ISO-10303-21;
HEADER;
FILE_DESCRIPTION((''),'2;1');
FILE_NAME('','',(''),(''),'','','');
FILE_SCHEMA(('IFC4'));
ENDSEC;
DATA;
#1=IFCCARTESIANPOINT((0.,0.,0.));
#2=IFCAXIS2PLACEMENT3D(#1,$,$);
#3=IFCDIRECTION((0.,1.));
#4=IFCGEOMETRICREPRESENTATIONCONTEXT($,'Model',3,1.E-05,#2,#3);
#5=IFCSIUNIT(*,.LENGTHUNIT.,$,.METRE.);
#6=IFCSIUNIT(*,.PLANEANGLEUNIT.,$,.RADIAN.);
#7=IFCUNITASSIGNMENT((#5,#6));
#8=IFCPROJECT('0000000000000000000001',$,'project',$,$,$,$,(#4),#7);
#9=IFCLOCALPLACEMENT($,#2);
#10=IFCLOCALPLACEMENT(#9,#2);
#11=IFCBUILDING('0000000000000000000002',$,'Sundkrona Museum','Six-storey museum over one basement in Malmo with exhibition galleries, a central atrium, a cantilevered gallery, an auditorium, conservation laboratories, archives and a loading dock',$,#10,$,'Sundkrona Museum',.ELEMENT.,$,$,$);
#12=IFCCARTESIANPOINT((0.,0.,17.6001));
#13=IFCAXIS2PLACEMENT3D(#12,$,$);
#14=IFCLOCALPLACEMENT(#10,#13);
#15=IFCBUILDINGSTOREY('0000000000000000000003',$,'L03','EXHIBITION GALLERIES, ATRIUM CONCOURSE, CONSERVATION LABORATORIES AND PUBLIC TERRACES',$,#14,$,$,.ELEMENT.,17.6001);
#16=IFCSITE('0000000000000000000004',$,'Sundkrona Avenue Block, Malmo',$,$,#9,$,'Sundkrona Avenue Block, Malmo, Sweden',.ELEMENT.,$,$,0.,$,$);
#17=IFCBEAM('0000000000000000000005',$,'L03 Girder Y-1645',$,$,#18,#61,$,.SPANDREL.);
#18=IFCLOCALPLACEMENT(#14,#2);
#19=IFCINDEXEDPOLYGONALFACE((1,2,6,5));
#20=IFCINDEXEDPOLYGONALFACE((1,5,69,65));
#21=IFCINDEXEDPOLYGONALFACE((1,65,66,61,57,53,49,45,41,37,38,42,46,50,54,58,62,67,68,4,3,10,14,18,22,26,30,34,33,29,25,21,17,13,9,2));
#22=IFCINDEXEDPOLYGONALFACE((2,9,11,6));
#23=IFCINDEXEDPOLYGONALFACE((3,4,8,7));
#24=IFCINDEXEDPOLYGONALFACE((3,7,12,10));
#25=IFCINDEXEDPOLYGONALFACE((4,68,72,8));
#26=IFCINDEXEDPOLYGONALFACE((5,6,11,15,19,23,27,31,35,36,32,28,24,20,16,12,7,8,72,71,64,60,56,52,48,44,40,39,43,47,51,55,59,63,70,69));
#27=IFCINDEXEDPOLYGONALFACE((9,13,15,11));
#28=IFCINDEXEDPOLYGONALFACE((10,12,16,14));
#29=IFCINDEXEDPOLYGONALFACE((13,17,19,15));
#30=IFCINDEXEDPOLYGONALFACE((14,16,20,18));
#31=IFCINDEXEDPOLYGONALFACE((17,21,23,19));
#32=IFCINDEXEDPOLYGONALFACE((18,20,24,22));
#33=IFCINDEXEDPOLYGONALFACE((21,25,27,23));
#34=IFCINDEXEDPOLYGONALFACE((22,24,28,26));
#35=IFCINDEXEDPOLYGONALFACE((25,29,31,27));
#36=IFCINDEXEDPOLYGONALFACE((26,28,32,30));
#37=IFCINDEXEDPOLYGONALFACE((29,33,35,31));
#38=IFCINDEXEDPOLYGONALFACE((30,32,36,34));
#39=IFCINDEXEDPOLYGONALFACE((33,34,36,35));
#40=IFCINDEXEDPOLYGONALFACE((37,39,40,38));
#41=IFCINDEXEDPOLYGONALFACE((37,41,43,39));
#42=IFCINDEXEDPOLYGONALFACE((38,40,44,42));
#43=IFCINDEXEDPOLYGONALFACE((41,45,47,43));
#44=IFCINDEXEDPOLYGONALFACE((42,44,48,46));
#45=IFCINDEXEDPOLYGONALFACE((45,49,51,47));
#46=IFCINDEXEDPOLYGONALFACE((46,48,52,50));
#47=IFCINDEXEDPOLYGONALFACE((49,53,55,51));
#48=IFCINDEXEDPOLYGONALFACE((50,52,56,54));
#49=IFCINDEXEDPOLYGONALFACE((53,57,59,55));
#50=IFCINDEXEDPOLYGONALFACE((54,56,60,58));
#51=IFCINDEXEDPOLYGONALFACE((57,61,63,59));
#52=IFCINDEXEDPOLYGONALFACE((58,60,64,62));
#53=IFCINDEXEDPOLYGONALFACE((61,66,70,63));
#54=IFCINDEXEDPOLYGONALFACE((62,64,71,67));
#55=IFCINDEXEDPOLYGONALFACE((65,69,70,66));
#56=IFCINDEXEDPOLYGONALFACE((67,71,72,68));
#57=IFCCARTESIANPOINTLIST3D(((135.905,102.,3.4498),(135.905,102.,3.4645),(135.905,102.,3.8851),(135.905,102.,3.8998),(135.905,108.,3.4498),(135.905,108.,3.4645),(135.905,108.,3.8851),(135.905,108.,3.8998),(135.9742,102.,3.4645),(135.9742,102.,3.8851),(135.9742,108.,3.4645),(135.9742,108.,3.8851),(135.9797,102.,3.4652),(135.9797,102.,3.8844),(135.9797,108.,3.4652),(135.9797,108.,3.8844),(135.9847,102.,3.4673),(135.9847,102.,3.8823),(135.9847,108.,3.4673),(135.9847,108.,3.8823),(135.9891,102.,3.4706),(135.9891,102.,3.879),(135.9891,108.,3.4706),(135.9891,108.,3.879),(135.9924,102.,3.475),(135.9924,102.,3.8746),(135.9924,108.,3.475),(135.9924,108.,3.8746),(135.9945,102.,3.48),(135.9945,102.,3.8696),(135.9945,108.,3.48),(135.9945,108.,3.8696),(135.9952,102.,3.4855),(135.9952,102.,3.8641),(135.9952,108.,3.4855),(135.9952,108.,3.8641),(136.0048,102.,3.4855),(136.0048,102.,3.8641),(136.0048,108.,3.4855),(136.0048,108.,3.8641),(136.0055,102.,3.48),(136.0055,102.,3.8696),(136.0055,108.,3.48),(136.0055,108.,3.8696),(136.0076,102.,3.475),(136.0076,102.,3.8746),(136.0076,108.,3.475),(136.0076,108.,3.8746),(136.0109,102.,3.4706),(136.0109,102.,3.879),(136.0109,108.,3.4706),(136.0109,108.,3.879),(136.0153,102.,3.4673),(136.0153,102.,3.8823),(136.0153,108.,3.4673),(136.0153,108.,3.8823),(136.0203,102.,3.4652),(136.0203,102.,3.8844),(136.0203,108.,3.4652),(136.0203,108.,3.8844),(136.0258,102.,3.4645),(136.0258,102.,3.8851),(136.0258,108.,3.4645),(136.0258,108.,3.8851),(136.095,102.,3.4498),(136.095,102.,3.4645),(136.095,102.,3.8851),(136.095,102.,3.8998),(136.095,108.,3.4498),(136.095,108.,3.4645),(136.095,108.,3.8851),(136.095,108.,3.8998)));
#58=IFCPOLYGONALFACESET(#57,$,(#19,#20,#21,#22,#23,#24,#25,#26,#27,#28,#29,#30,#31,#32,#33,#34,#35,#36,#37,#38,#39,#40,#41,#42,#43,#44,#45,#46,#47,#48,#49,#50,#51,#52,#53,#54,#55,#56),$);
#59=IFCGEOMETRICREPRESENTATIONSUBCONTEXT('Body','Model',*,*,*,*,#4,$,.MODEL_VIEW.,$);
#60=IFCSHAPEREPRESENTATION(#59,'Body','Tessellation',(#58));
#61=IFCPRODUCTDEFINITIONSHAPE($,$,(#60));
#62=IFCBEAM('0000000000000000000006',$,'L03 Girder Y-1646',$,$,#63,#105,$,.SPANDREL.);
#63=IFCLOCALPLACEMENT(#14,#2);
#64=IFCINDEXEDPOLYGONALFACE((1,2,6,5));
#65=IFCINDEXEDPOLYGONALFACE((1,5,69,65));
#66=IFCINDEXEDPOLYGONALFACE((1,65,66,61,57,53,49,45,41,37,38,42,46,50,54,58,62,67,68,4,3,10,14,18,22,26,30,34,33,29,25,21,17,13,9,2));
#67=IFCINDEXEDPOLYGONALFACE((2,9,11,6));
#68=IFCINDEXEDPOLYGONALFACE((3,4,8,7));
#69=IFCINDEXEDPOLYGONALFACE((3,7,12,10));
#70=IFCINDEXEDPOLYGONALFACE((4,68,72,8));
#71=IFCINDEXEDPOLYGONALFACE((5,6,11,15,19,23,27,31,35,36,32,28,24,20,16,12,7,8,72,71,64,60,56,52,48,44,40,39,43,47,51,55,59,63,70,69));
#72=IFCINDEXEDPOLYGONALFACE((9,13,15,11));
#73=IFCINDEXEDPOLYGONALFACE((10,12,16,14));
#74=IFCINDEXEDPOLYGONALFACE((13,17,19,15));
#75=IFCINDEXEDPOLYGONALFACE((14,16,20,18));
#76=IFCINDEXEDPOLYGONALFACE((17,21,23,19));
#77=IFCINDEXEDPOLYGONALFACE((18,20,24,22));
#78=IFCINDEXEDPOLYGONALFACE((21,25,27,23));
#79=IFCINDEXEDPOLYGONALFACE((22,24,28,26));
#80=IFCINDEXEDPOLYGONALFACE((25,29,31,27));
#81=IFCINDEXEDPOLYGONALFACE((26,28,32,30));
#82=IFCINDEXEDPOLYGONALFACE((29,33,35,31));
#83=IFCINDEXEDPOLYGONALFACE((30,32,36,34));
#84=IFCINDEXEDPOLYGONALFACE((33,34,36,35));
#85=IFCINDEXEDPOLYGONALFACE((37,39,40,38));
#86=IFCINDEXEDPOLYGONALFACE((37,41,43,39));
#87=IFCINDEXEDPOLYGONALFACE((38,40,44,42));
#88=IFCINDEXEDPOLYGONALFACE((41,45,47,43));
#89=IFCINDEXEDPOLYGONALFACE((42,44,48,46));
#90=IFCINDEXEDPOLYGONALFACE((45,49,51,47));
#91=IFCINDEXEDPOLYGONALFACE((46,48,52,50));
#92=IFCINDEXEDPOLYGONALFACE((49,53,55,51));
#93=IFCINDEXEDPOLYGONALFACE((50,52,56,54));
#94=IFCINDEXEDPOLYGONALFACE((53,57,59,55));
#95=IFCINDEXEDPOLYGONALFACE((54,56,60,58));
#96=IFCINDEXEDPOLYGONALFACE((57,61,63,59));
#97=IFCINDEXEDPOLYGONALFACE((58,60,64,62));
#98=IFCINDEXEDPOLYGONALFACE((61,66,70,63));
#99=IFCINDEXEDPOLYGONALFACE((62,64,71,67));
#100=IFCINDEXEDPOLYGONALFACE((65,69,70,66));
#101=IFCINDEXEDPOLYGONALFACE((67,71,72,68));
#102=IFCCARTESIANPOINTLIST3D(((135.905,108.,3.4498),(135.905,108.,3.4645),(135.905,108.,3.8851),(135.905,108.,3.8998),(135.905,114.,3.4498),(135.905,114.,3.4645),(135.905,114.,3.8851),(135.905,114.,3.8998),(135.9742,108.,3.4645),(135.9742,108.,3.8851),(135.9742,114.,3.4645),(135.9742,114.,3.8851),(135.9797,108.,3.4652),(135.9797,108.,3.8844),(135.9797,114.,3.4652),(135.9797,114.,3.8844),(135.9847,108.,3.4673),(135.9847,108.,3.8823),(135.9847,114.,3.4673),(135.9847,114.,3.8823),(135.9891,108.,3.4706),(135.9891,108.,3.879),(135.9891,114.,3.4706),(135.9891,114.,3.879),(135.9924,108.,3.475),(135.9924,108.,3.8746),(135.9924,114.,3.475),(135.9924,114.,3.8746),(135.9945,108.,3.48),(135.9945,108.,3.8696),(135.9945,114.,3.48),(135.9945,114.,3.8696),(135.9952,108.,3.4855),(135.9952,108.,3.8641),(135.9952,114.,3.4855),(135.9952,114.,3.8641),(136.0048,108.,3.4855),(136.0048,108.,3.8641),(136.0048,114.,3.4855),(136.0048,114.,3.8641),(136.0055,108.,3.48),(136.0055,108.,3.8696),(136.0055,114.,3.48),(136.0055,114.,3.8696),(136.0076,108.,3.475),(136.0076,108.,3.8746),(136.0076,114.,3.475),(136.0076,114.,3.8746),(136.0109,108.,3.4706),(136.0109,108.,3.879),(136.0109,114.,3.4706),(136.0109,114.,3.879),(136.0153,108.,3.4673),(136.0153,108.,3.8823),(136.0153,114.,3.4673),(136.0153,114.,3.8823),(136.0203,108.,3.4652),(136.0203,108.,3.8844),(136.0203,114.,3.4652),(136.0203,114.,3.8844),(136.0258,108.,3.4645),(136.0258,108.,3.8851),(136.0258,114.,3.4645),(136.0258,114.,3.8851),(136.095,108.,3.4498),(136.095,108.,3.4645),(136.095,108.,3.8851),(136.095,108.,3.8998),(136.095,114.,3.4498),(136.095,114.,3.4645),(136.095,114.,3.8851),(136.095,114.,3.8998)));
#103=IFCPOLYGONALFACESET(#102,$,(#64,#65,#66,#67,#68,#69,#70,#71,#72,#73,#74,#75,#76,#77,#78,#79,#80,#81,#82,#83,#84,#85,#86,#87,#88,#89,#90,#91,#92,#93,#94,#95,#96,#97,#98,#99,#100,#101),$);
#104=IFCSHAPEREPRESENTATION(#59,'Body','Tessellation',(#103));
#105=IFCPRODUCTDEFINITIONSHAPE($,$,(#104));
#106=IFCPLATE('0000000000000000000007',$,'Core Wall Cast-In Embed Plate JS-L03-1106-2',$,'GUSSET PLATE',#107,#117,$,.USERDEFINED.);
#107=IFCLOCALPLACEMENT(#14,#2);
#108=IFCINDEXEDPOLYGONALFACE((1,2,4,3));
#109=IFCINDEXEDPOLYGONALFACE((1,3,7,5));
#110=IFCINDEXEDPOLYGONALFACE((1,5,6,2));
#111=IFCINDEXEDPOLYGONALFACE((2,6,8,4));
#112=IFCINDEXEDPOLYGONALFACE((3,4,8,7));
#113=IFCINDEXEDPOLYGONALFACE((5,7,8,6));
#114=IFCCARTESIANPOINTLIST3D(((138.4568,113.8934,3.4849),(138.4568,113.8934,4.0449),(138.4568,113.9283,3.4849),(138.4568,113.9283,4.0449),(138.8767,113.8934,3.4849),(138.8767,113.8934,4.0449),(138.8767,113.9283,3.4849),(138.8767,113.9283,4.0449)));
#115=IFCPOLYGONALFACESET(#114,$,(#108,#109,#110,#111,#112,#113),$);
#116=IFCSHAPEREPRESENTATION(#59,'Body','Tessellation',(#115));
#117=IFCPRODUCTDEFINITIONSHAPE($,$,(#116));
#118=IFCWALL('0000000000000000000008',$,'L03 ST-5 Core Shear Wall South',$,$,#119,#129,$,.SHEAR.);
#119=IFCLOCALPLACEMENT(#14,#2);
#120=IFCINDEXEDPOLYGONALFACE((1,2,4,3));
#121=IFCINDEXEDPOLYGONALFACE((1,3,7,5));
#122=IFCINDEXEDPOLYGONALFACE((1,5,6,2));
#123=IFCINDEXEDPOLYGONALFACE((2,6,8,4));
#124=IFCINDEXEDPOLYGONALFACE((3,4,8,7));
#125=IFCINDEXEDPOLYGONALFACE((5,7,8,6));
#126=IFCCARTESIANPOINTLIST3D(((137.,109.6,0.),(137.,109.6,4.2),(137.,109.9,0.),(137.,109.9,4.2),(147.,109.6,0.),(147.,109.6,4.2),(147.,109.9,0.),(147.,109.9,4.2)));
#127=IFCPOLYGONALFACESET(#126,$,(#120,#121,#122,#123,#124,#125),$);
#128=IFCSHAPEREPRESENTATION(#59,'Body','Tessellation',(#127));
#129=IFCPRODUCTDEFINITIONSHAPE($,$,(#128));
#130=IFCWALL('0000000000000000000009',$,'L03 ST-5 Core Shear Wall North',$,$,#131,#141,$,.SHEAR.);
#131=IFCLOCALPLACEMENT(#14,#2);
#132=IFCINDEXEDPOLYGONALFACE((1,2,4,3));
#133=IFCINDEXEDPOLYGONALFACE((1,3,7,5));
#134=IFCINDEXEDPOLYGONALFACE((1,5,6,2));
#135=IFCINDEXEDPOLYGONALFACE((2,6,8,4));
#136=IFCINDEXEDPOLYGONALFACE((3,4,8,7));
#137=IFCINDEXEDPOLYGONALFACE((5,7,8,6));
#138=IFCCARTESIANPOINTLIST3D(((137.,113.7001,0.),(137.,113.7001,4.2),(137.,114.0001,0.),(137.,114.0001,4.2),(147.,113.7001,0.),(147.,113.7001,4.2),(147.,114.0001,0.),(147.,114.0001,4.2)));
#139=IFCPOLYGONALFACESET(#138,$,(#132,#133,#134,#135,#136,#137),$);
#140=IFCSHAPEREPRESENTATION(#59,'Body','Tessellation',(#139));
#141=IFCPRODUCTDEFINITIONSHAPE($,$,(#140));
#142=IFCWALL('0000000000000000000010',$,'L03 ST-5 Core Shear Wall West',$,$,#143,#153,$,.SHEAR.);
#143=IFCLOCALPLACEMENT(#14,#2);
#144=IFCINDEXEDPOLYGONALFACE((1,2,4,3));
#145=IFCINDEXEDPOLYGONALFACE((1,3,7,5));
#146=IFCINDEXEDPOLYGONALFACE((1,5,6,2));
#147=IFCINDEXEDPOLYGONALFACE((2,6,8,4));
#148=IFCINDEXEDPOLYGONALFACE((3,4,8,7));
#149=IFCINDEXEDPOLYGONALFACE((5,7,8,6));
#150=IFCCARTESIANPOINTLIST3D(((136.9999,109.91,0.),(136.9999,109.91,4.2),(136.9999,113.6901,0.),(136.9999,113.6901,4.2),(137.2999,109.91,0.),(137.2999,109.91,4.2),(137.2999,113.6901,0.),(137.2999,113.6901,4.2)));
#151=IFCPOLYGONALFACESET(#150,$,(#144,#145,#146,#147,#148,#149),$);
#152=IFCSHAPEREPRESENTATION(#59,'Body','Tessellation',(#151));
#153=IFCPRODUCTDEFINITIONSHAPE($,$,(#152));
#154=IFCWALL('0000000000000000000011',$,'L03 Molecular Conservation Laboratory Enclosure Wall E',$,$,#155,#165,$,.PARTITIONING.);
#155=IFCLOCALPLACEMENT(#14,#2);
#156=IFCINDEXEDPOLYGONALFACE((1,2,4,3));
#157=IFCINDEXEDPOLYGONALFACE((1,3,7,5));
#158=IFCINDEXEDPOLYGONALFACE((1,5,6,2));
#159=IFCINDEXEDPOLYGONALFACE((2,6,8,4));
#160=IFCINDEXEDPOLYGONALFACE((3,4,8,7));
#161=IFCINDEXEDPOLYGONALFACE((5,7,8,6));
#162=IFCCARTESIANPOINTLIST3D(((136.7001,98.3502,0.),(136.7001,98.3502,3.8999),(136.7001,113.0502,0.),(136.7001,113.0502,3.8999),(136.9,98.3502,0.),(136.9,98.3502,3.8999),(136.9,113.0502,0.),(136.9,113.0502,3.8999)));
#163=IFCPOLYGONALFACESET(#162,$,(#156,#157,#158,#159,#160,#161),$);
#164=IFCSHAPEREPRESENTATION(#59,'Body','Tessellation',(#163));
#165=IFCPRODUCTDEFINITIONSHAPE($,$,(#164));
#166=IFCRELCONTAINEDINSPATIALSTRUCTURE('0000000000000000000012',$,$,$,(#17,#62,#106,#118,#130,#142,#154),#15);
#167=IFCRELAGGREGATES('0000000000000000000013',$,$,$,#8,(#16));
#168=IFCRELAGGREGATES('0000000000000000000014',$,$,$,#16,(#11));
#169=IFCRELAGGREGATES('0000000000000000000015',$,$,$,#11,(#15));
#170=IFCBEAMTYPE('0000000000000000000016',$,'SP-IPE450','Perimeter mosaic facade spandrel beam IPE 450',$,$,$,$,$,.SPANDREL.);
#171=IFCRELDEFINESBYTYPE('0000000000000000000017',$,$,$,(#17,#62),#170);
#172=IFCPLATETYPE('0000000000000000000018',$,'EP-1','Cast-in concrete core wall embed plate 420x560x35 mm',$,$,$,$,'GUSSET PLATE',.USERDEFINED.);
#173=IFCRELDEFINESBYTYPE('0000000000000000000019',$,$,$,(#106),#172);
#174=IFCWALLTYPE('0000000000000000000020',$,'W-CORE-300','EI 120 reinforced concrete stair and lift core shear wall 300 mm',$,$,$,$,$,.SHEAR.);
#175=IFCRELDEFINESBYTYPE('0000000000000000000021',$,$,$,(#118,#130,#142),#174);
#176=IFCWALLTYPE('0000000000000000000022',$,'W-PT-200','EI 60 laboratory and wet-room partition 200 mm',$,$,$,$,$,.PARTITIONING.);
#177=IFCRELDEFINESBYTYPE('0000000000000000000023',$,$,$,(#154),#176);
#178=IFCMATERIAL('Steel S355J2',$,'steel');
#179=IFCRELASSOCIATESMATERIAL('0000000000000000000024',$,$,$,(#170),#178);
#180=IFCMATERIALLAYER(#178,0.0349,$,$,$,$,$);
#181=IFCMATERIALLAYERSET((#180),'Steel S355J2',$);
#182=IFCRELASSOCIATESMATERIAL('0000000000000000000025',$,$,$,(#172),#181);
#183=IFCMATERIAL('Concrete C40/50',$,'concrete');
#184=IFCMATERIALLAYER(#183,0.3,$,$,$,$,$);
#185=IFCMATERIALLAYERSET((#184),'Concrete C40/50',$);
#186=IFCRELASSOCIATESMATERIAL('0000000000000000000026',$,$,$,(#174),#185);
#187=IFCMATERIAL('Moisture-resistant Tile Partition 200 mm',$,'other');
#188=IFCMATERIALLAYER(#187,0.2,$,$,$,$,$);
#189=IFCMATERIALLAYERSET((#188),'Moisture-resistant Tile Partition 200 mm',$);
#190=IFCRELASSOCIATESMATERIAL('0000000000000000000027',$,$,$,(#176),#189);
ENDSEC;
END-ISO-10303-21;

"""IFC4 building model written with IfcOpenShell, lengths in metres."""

from ifc_helpers import new_model, si_unit, direction, frame, frame_2d, origin, origin_2d, place, context, subcontext, project, spatial, rectangle, i_section, extrude, material, layer, layer_set, material_profile, profile_set, type_object, element, save


model = new_model("IFC4")

# Units and contexts
model_context = context("Model", 3, precision=1e-05, world=origin(), true_north=direction((0.0, 1.0)))
body_context = subcontext(model_context, "Body", "Model", "MODEL_VIEW")
ifc_project = project(units=[si_unit("LENGTHUNIT", "METRE"), si_unit("PLANEANGLEUNIT", "RADIAN")], contexts=[model_context])

# Site, building, storey
site_placement = place(None, origin())
site = spatial("IfcSite", under=ifc_project, at=site_placement, Name="Sundkrona Avenue Block, Malmo", LongName="Sundkrona Avenue Block, Malmo, Sweden", CompositionType="ELEMENT", RefElevation=0.0)
building_placement = place(site_placement, origin())
building = spatial("IfcBuilding", under=site, at=building_placement, Name="Sundkrona Museum", Description="Six-storey museum over one basement in Malmo with exhibition galleries, a central atrium, a cantilevered gallery, an auditorium, conservation laboratories, archives and a loading dock", LongName="Sundkrona Museum", CompositionType="ELEMENT")
storey_placement = place(building_placement, frame((0.0, 0.0, 17.6001)))
storey = spatial("IfcBuildingStorey", under=building, at=storey_placement, Name="L03", Description="EXHIBITION GALLERIES, ATRIUM CONCOURSE, CONSERVATION LABORATORIES AND PUBLIC TERRACES", CompositionType="ELEMENT", Elevation=17.6001)

# Shared definitions
ifc_material_1 = material(Name="Steel S355J2", Category="steel")

# Beams
ifc_material_profile_1 = material_profile(ifc_material_1, i_section(OverallWidth=0.1899, OverallDepth=0.45, WebThickness=0.0095, FlangeThickness=0.0146, FilletRadius=0.021, at=origin_2d()), Name="IPE 450")
ifc_profile_set_1 = profile_set([ifc_material_profile_1], Name="Steel S355J2")
beam_type_1 = type_object("IfcBeamType", Name="SP-IPE450", Description="Perimeter mosaic facade spandrel beam IPE 450", PredefinedType="SPANDREL", material=ifc_profile_set_1)
for number, where, z_axis, x_axis, name in (
    (1, (136.0, 102.0, 3.6748), (0.0, 1.0, 0.0), (-1.0, 0.0, 0.0), "L03 Girder Y-1645"),
    (2, (136.0, 108.0, 3.6748), (0.0, 1.0, 0.0), (-1.0, 0.0, 0.0), "L03 Girder Y-1646"),
):
    element("IfcBeam", number, at=place(storey_placement, frame(where, z_axis=z_axis, x_axis=x_axis)), inside=storey, type_object=beam_type_1, Name=name, PredefinedType="SPANDREL", context=body_context, shape_type="SweptSolid", body=[
        extrude(i_section(OverallWidth=0.1899, OverallDepth=0.45, WebThickness=0.0095, FlangeThickness=0.0146, FilletRadius=0.021, at=origin_2d()), origin(), (0.0, 0.0, 1.0), 6.0),
    ])

# Plate
ifc_layer_1 = layer(ifc_material_1, 0.0349)
ifc_layer_set_1 = layer_set([ifc_layer_1], Name="Steel S355J2")
plate_type = type_object("IfcPlateType", Name="EP-1", Description="Cast-in concrete core wall embed plate 420x560x35 mm", ElementType="GUSSET PLATE", PredefinedType="USERDEFINED", material=ifc_layer_set_1)
plate_placement = place(storey_placement, frame((138.6667, 113.9109, 3.4849), z_axis=(0.0, 0.0, 1.0), x_axis=(1.0, 0.0, 0.0)))
element("IfcPlate", 3, at=plate_placement, inside=storey, type_object=plate_type, Name="Core Wall Cast-In Embed Plate JS-L03-1106-2", ObjectType="GUSSET PLATE", PredefinedType="USERDEFINED", context=body_context, shape_type="SweptSolid", body=[
    extrude(rectangle(XDim=0.4199, YDim=0.0349, at=origin_2d()), origin(), (0.0, 0.0, 1.0), 0.5601),
])

# Walls
ifc_material_2 = material(Name="Concrete C40/50", Category="concrete")
ifc_layer_2 = layer(ifc_material_2, 0.3)
ifc_layer_set_2 = layer_set([ifc_layer_2], Name="Concrete C40/50")
wall_type_1 = type_object("IfcWallType", Name="W-CORE-300", Description="EI 120 reinforced concrete stair and lift core shear wall 300 mm", PredefinedType="SHEAR", material=ifc_layer_set_2)
for number, where, z_axis, x_axis, name in (
    (4, (137.0, 109.75, 0.0), (0.0, 0.0, 1.0), (1.0, 0.0, 0.0), "L03 ST-5 Core Shear Wall South"),
    (5, (137.0, 113.8501, 0.0), (0.0, 0.0, 1.0), (1.0, 0.0, 0.0), "L03 ST-5 Core Shear Wall North"),
):
    element("IfcWall", number, at=place(storey_placement, frame(where, z_axis=z_axis, x_axis=x_axis)), inside=storey, type_object=wall_type_1, Name=name, PredefinedType="SHEAR", context=body_context, shape_type="SweptSolid", body=[
        extrude(rectangle(XDim=10.0, YDim=0.3, at=frame_2d((5.0, 0.0))), origin(), (0.0, 0.0, 1.0), 4.2),
    ])
wall_1_placement = place(storey_placement, frame((137.1499, 109.9099, 0.0), z_axis=(0.0, 0.0, 1.0), x_axis=(0.0, 1.0, 0.0)))
element("IfcWall", 6, at=wall_1_placement, inside=storey, type_object=wall_type_1, Name="L03 ST-5 Core Shear Wall West", PredefinedType="SHEAR", context=body_context, shape_type="SweptSolid", body=[
    extrude(rectangle(XDim=3.78, YDim=0.3, at=frame_2d((1.8901, 0.0))), origin(), (0.0, 0.0, 1.0), 4.2),
])
ifc_material_3 = material(Name="Moisture-resistant Tile Partition 200 mm", Category="other")
ifc_layer_3 = layer(ifc_material_3, 0.2)
ifc_layer_set_3 = layer_set([ifc_layer_3], Name="Moisture-resistant Tile Partition 200 mm")
wall_type_2 = type_object("IfcWallType", Name="W-PT-200", Description="EI 60 laboratory and wet-room partition 200 mm", PredefinedType="PARTITIONING", material=ifc_layer_set_3)
wall_2_placement = place(storey_placement, frame((136.8, 98.3501, 0.0), z_axis=(0.0, 0.0, 1.0), x_axis=(0.0, 1.0, 0.0)))
element("IfcWall", 7, at=wall_2_placement, inside=storey, type_object=wall_type_2, Name="L03 Molecular Conservation Laboratory Enclosure Wall E", PredefinedType="PARTITIONING", context=body_context, shape_type="SweptSolid", body=[
    extrude(rectangle(XDim=14.7, YDim=0.2, at=frame_2d((7.3501, 0.0))), origin(), (0.0, 0.0, 1.0), 3.8999),
])

save(model, "model.ifc")
